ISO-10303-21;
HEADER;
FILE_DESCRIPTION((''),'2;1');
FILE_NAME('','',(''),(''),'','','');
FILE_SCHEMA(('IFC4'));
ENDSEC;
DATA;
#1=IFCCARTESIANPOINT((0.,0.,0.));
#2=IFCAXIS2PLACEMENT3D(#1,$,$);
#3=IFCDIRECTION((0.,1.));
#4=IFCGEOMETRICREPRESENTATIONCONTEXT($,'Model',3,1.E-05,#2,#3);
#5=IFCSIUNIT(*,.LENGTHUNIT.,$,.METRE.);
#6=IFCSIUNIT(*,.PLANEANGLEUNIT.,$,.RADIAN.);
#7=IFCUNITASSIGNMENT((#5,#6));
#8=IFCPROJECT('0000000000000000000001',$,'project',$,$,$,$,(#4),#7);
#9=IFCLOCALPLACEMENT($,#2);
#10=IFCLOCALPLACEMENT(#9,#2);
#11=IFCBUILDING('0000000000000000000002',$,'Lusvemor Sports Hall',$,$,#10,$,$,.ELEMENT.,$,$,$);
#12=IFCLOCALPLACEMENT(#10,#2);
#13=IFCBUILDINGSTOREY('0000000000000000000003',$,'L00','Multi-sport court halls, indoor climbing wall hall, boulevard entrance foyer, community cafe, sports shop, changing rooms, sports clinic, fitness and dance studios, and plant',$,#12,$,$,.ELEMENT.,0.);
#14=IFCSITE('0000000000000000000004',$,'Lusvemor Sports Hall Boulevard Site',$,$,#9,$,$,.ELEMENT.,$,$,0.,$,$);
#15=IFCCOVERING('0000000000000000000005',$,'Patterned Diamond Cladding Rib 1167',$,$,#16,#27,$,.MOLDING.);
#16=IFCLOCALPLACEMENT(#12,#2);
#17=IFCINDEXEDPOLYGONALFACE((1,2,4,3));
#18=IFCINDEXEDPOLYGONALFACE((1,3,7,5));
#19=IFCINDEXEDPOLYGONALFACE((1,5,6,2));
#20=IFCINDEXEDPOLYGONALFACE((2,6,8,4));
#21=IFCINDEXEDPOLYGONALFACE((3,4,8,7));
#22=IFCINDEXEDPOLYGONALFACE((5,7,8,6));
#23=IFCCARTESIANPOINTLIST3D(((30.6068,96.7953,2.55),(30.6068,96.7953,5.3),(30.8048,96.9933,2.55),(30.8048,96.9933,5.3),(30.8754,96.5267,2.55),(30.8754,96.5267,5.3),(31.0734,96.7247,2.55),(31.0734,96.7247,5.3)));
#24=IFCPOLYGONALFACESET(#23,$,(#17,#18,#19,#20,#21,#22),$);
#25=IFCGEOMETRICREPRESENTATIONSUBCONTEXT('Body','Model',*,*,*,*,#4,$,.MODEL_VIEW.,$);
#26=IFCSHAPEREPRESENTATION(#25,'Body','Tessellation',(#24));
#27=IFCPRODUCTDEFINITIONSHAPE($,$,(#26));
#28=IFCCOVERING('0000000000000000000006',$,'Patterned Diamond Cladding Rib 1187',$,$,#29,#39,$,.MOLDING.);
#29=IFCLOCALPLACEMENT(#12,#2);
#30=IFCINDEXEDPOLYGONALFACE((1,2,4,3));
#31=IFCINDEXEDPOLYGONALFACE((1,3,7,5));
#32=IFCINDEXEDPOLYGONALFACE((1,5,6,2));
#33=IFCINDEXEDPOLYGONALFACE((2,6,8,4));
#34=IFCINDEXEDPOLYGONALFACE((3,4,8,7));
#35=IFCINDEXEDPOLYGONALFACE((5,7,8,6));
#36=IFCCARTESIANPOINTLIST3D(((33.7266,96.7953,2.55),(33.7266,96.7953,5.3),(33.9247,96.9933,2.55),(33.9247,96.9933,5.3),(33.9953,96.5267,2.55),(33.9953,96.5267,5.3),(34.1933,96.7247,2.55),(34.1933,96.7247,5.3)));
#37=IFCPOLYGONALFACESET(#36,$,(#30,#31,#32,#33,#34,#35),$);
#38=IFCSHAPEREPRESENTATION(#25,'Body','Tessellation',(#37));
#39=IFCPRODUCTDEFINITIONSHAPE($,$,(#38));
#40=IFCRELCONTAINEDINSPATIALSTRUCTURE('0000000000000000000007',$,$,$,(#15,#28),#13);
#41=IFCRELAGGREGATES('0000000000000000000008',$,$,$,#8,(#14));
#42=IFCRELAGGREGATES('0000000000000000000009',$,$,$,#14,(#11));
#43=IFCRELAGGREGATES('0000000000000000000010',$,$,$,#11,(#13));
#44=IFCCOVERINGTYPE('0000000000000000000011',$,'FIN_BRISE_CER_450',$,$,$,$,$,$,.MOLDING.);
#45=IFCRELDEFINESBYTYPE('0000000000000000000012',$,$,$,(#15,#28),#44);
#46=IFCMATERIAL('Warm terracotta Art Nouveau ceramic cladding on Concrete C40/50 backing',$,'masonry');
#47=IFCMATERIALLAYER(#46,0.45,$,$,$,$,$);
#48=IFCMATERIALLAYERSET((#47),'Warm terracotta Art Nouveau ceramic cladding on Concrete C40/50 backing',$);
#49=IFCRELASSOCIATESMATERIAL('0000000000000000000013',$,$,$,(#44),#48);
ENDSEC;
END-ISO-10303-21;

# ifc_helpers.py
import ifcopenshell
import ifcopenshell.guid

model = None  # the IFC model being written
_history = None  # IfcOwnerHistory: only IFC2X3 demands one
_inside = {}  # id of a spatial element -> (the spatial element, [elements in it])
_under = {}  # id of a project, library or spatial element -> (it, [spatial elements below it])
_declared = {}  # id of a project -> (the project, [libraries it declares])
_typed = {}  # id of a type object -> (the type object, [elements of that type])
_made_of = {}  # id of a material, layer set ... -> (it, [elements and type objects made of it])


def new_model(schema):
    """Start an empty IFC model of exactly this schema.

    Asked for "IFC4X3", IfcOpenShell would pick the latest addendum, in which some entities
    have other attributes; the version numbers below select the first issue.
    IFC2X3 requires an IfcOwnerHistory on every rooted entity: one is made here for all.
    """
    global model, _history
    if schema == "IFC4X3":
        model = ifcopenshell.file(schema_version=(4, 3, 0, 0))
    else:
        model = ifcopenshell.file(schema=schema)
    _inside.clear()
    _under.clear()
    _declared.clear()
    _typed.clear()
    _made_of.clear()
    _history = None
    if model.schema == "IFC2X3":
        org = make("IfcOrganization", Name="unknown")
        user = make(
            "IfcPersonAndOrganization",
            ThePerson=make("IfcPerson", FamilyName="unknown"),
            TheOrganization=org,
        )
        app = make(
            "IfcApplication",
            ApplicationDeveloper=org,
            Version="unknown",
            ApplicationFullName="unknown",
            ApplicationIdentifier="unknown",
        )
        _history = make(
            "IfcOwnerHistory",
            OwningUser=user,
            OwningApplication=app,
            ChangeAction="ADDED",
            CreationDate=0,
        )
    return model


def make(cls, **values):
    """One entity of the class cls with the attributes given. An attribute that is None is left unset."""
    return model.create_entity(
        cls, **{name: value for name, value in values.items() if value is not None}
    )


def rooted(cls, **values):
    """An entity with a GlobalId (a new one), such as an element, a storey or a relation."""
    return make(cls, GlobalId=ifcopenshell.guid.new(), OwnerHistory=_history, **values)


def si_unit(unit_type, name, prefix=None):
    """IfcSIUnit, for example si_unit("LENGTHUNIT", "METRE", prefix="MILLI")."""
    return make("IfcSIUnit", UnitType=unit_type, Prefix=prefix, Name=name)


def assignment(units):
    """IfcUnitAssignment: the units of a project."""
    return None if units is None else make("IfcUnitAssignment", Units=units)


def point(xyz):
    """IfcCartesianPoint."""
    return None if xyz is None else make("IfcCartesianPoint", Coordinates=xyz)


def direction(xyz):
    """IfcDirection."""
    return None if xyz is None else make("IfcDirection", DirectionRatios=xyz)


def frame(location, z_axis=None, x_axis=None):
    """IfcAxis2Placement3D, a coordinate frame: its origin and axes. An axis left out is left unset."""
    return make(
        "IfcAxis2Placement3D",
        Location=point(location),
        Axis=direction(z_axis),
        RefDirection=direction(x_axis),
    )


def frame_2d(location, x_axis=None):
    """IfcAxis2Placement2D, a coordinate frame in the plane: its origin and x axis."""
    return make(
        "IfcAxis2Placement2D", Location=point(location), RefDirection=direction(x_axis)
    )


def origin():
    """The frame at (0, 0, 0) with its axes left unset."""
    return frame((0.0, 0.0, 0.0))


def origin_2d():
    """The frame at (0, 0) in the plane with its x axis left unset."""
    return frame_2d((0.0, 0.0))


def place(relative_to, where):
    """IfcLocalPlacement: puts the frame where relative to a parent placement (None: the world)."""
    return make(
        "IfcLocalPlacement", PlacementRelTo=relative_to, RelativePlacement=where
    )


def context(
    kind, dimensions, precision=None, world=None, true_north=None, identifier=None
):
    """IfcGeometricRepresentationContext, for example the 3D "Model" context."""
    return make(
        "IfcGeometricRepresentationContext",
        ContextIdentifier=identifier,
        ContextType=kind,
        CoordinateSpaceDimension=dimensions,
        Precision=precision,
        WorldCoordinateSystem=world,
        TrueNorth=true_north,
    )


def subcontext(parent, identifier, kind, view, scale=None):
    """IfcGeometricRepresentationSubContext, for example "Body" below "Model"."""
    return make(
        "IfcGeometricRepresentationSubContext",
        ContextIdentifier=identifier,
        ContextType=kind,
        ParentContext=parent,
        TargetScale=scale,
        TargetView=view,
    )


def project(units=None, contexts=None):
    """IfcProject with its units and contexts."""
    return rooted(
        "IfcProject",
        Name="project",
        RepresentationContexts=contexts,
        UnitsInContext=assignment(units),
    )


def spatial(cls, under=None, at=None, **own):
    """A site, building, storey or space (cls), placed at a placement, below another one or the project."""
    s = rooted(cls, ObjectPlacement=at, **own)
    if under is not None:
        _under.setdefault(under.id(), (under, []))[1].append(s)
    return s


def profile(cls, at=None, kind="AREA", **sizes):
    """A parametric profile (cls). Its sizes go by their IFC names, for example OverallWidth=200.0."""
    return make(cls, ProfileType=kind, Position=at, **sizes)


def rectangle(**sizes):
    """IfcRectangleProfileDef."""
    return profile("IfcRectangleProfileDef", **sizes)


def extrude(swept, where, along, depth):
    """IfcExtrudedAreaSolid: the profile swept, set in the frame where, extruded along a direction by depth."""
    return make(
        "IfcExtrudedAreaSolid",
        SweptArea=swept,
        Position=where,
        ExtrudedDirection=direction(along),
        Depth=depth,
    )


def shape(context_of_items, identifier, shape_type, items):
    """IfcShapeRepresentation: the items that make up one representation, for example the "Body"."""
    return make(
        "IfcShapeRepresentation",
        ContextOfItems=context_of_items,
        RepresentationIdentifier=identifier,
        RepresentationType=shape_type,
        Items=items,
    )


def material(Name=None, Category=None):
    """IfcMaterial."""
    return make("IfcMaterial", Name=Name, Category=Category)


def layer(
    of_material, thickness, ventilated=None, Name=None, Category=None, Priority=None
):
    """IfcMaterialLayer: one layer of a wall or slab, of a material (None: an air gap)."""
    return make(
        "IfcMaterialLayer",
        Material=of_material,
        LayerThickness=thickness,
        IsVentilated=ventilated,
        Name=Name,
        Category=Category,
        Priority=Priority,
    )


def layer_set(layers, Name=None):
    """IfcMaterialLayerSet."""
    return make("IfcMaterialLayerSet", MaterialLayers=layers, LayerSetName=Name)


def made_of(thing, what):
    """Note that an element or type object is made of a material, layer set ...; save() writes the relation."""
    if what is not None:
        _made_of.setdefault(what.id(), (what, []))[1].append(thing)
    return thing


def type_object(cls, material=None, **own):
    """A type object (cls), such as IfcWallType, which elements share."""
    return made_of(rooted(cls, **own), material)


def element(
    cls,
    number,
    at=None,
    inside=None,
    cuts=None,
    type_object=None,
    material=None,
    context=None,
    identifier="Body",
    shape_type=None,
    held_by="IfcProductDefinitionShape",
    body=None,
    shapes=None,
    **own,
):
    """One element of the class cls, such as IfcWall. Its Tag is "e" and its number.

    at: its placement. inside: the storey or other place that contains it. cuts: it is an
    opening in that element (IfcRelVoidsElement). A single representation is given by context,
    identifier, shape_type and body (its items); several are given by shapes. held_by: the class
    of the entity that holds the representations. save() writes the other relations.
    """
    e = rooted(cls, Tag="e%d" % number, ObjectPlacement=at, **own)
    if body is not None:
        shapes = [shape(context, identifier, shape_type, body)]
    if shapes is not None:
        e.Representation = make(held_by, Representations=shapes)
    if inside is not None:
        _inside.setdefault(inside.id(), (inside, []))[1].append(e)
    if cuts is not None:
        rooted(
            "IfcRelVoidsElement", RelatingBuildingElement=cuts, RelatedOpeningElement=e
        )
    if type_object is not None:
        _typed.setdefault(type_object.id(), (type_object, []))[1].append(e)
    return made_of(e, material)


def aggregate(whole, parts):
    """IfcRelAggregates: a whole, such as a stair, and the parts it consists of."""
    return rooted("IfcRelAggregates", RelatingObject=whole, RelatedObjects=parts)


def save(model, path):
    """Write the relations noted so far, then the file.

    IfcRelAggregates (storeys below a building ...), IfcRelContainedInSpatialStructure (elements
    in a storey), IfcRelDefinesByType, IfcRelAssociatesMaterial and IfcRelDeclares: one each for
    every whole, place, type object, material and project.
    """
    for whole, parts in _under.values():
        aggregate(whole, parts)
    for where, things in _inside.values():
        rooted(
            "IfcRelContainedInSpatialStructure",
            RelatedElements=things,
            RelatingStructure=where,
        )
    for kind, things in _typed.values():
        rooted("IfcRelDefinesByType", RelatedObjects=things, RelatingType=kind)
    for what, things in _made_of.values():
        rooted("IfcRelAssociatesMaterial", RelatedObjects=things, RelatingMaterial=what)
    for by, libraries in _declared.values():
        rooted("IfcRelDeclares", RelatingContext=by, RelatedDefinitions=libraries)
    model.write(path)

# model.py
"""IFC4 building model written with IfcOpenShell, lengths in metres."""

from ifc_helpers import new_model, si_unit, direction, frame, origin, origin_2d, place, context, subcontext, project, spatial, rectangle, extrude, material, layer, layer_set, type_object, element, save


model = new_model("IFC4")

# Units and contexts
model_context = context("Model", 3, precision=1e-05, world=origin(), true_north=direction((0.0, 1.0)))
body_context = subcontext(model_context, "Body", "Model", "MODEL_VIEW")
ifc_project = project(units=[si_unit("LENGTHUNIT", "METRE"), si_unit("PLANEANGLEUNIT", "RADIAN")], contexts=[model_context])

# Site, building, storey
site_placement = place(None, origin())
site = spatial("IfcSite", under=ifc_project, at=site_placement, Name="Lusvemor Sports Hall Boulevard Site", CompositionType="ELEMENT", RefElevation=0.0)
building_placement = place(site_placement, origin())
building = spatial("IfcBuilding", under=site, at=building_placement, Name="Lusvemor Sports Hall", CompositionType="ELEMENT")
storey_placement = place(building_placement, origin())
storey = spatial("IfcBuildingStorey", under=building, at=storey_placement, Name="L00", Description="Multi-sport court halls, indoor climbing wall hall, boulevard entrance foyer, community cafe, sports shop, changing rooms, sports clinic, fitness and dance studios, and plant", CompositionType="ELEMENT", Elevation=0.0)

# Coverings
ifc_material_1 = material(Name="Warm terracotta Art Nouveau ceramic cladding on Concrete C40/50 backing", Category="masonry")
ifc_layer_1 = layer(ifc_material_1, 0.45)
ifc_layer_set_1 = layer_set([ifc_layer_1], Name="Warm terracotta Art Nouveau ceramic cladding on Concrete C40/50 backing")
covering_type_1 = type_object("IfcCoveringType", Name="FIN_BRISE_CER_450", PredefinedType="MOLDING", material=ifc_layer_set_1)
for number, where, z_axis, x_axis, name in (
    (1, (30.8401, 96.76, 2.55), (0.0, 0.0, 1.0), (0.707107, 0.707107, 0.0), "Patterned Diamond Cladding Rib 1167"),
    (2, (33.96, 96.76, 2.55), (0.0, 0.0, 1.0), (0.707107, 0.707107, 0.0), "Patterned Diamond Cladding Rib 1187"),
):
    element("IfcCovering", number, at=place(storey_placement, frame(where, z_axis=z_axis, x_axis=x_axis)), inside=storey, type_object=covering_type_1, Name=name, PredefinedType="MOLDING", context=body_context, shape_type="SweptSolid", body=[
        extrude(rectangle(XDim=0.28, YDim=0.3799, at=origin_2d()), origin(), (0.0, 0.0, 1.0), 2.75),
    ])

save(model, "model.ifc")
